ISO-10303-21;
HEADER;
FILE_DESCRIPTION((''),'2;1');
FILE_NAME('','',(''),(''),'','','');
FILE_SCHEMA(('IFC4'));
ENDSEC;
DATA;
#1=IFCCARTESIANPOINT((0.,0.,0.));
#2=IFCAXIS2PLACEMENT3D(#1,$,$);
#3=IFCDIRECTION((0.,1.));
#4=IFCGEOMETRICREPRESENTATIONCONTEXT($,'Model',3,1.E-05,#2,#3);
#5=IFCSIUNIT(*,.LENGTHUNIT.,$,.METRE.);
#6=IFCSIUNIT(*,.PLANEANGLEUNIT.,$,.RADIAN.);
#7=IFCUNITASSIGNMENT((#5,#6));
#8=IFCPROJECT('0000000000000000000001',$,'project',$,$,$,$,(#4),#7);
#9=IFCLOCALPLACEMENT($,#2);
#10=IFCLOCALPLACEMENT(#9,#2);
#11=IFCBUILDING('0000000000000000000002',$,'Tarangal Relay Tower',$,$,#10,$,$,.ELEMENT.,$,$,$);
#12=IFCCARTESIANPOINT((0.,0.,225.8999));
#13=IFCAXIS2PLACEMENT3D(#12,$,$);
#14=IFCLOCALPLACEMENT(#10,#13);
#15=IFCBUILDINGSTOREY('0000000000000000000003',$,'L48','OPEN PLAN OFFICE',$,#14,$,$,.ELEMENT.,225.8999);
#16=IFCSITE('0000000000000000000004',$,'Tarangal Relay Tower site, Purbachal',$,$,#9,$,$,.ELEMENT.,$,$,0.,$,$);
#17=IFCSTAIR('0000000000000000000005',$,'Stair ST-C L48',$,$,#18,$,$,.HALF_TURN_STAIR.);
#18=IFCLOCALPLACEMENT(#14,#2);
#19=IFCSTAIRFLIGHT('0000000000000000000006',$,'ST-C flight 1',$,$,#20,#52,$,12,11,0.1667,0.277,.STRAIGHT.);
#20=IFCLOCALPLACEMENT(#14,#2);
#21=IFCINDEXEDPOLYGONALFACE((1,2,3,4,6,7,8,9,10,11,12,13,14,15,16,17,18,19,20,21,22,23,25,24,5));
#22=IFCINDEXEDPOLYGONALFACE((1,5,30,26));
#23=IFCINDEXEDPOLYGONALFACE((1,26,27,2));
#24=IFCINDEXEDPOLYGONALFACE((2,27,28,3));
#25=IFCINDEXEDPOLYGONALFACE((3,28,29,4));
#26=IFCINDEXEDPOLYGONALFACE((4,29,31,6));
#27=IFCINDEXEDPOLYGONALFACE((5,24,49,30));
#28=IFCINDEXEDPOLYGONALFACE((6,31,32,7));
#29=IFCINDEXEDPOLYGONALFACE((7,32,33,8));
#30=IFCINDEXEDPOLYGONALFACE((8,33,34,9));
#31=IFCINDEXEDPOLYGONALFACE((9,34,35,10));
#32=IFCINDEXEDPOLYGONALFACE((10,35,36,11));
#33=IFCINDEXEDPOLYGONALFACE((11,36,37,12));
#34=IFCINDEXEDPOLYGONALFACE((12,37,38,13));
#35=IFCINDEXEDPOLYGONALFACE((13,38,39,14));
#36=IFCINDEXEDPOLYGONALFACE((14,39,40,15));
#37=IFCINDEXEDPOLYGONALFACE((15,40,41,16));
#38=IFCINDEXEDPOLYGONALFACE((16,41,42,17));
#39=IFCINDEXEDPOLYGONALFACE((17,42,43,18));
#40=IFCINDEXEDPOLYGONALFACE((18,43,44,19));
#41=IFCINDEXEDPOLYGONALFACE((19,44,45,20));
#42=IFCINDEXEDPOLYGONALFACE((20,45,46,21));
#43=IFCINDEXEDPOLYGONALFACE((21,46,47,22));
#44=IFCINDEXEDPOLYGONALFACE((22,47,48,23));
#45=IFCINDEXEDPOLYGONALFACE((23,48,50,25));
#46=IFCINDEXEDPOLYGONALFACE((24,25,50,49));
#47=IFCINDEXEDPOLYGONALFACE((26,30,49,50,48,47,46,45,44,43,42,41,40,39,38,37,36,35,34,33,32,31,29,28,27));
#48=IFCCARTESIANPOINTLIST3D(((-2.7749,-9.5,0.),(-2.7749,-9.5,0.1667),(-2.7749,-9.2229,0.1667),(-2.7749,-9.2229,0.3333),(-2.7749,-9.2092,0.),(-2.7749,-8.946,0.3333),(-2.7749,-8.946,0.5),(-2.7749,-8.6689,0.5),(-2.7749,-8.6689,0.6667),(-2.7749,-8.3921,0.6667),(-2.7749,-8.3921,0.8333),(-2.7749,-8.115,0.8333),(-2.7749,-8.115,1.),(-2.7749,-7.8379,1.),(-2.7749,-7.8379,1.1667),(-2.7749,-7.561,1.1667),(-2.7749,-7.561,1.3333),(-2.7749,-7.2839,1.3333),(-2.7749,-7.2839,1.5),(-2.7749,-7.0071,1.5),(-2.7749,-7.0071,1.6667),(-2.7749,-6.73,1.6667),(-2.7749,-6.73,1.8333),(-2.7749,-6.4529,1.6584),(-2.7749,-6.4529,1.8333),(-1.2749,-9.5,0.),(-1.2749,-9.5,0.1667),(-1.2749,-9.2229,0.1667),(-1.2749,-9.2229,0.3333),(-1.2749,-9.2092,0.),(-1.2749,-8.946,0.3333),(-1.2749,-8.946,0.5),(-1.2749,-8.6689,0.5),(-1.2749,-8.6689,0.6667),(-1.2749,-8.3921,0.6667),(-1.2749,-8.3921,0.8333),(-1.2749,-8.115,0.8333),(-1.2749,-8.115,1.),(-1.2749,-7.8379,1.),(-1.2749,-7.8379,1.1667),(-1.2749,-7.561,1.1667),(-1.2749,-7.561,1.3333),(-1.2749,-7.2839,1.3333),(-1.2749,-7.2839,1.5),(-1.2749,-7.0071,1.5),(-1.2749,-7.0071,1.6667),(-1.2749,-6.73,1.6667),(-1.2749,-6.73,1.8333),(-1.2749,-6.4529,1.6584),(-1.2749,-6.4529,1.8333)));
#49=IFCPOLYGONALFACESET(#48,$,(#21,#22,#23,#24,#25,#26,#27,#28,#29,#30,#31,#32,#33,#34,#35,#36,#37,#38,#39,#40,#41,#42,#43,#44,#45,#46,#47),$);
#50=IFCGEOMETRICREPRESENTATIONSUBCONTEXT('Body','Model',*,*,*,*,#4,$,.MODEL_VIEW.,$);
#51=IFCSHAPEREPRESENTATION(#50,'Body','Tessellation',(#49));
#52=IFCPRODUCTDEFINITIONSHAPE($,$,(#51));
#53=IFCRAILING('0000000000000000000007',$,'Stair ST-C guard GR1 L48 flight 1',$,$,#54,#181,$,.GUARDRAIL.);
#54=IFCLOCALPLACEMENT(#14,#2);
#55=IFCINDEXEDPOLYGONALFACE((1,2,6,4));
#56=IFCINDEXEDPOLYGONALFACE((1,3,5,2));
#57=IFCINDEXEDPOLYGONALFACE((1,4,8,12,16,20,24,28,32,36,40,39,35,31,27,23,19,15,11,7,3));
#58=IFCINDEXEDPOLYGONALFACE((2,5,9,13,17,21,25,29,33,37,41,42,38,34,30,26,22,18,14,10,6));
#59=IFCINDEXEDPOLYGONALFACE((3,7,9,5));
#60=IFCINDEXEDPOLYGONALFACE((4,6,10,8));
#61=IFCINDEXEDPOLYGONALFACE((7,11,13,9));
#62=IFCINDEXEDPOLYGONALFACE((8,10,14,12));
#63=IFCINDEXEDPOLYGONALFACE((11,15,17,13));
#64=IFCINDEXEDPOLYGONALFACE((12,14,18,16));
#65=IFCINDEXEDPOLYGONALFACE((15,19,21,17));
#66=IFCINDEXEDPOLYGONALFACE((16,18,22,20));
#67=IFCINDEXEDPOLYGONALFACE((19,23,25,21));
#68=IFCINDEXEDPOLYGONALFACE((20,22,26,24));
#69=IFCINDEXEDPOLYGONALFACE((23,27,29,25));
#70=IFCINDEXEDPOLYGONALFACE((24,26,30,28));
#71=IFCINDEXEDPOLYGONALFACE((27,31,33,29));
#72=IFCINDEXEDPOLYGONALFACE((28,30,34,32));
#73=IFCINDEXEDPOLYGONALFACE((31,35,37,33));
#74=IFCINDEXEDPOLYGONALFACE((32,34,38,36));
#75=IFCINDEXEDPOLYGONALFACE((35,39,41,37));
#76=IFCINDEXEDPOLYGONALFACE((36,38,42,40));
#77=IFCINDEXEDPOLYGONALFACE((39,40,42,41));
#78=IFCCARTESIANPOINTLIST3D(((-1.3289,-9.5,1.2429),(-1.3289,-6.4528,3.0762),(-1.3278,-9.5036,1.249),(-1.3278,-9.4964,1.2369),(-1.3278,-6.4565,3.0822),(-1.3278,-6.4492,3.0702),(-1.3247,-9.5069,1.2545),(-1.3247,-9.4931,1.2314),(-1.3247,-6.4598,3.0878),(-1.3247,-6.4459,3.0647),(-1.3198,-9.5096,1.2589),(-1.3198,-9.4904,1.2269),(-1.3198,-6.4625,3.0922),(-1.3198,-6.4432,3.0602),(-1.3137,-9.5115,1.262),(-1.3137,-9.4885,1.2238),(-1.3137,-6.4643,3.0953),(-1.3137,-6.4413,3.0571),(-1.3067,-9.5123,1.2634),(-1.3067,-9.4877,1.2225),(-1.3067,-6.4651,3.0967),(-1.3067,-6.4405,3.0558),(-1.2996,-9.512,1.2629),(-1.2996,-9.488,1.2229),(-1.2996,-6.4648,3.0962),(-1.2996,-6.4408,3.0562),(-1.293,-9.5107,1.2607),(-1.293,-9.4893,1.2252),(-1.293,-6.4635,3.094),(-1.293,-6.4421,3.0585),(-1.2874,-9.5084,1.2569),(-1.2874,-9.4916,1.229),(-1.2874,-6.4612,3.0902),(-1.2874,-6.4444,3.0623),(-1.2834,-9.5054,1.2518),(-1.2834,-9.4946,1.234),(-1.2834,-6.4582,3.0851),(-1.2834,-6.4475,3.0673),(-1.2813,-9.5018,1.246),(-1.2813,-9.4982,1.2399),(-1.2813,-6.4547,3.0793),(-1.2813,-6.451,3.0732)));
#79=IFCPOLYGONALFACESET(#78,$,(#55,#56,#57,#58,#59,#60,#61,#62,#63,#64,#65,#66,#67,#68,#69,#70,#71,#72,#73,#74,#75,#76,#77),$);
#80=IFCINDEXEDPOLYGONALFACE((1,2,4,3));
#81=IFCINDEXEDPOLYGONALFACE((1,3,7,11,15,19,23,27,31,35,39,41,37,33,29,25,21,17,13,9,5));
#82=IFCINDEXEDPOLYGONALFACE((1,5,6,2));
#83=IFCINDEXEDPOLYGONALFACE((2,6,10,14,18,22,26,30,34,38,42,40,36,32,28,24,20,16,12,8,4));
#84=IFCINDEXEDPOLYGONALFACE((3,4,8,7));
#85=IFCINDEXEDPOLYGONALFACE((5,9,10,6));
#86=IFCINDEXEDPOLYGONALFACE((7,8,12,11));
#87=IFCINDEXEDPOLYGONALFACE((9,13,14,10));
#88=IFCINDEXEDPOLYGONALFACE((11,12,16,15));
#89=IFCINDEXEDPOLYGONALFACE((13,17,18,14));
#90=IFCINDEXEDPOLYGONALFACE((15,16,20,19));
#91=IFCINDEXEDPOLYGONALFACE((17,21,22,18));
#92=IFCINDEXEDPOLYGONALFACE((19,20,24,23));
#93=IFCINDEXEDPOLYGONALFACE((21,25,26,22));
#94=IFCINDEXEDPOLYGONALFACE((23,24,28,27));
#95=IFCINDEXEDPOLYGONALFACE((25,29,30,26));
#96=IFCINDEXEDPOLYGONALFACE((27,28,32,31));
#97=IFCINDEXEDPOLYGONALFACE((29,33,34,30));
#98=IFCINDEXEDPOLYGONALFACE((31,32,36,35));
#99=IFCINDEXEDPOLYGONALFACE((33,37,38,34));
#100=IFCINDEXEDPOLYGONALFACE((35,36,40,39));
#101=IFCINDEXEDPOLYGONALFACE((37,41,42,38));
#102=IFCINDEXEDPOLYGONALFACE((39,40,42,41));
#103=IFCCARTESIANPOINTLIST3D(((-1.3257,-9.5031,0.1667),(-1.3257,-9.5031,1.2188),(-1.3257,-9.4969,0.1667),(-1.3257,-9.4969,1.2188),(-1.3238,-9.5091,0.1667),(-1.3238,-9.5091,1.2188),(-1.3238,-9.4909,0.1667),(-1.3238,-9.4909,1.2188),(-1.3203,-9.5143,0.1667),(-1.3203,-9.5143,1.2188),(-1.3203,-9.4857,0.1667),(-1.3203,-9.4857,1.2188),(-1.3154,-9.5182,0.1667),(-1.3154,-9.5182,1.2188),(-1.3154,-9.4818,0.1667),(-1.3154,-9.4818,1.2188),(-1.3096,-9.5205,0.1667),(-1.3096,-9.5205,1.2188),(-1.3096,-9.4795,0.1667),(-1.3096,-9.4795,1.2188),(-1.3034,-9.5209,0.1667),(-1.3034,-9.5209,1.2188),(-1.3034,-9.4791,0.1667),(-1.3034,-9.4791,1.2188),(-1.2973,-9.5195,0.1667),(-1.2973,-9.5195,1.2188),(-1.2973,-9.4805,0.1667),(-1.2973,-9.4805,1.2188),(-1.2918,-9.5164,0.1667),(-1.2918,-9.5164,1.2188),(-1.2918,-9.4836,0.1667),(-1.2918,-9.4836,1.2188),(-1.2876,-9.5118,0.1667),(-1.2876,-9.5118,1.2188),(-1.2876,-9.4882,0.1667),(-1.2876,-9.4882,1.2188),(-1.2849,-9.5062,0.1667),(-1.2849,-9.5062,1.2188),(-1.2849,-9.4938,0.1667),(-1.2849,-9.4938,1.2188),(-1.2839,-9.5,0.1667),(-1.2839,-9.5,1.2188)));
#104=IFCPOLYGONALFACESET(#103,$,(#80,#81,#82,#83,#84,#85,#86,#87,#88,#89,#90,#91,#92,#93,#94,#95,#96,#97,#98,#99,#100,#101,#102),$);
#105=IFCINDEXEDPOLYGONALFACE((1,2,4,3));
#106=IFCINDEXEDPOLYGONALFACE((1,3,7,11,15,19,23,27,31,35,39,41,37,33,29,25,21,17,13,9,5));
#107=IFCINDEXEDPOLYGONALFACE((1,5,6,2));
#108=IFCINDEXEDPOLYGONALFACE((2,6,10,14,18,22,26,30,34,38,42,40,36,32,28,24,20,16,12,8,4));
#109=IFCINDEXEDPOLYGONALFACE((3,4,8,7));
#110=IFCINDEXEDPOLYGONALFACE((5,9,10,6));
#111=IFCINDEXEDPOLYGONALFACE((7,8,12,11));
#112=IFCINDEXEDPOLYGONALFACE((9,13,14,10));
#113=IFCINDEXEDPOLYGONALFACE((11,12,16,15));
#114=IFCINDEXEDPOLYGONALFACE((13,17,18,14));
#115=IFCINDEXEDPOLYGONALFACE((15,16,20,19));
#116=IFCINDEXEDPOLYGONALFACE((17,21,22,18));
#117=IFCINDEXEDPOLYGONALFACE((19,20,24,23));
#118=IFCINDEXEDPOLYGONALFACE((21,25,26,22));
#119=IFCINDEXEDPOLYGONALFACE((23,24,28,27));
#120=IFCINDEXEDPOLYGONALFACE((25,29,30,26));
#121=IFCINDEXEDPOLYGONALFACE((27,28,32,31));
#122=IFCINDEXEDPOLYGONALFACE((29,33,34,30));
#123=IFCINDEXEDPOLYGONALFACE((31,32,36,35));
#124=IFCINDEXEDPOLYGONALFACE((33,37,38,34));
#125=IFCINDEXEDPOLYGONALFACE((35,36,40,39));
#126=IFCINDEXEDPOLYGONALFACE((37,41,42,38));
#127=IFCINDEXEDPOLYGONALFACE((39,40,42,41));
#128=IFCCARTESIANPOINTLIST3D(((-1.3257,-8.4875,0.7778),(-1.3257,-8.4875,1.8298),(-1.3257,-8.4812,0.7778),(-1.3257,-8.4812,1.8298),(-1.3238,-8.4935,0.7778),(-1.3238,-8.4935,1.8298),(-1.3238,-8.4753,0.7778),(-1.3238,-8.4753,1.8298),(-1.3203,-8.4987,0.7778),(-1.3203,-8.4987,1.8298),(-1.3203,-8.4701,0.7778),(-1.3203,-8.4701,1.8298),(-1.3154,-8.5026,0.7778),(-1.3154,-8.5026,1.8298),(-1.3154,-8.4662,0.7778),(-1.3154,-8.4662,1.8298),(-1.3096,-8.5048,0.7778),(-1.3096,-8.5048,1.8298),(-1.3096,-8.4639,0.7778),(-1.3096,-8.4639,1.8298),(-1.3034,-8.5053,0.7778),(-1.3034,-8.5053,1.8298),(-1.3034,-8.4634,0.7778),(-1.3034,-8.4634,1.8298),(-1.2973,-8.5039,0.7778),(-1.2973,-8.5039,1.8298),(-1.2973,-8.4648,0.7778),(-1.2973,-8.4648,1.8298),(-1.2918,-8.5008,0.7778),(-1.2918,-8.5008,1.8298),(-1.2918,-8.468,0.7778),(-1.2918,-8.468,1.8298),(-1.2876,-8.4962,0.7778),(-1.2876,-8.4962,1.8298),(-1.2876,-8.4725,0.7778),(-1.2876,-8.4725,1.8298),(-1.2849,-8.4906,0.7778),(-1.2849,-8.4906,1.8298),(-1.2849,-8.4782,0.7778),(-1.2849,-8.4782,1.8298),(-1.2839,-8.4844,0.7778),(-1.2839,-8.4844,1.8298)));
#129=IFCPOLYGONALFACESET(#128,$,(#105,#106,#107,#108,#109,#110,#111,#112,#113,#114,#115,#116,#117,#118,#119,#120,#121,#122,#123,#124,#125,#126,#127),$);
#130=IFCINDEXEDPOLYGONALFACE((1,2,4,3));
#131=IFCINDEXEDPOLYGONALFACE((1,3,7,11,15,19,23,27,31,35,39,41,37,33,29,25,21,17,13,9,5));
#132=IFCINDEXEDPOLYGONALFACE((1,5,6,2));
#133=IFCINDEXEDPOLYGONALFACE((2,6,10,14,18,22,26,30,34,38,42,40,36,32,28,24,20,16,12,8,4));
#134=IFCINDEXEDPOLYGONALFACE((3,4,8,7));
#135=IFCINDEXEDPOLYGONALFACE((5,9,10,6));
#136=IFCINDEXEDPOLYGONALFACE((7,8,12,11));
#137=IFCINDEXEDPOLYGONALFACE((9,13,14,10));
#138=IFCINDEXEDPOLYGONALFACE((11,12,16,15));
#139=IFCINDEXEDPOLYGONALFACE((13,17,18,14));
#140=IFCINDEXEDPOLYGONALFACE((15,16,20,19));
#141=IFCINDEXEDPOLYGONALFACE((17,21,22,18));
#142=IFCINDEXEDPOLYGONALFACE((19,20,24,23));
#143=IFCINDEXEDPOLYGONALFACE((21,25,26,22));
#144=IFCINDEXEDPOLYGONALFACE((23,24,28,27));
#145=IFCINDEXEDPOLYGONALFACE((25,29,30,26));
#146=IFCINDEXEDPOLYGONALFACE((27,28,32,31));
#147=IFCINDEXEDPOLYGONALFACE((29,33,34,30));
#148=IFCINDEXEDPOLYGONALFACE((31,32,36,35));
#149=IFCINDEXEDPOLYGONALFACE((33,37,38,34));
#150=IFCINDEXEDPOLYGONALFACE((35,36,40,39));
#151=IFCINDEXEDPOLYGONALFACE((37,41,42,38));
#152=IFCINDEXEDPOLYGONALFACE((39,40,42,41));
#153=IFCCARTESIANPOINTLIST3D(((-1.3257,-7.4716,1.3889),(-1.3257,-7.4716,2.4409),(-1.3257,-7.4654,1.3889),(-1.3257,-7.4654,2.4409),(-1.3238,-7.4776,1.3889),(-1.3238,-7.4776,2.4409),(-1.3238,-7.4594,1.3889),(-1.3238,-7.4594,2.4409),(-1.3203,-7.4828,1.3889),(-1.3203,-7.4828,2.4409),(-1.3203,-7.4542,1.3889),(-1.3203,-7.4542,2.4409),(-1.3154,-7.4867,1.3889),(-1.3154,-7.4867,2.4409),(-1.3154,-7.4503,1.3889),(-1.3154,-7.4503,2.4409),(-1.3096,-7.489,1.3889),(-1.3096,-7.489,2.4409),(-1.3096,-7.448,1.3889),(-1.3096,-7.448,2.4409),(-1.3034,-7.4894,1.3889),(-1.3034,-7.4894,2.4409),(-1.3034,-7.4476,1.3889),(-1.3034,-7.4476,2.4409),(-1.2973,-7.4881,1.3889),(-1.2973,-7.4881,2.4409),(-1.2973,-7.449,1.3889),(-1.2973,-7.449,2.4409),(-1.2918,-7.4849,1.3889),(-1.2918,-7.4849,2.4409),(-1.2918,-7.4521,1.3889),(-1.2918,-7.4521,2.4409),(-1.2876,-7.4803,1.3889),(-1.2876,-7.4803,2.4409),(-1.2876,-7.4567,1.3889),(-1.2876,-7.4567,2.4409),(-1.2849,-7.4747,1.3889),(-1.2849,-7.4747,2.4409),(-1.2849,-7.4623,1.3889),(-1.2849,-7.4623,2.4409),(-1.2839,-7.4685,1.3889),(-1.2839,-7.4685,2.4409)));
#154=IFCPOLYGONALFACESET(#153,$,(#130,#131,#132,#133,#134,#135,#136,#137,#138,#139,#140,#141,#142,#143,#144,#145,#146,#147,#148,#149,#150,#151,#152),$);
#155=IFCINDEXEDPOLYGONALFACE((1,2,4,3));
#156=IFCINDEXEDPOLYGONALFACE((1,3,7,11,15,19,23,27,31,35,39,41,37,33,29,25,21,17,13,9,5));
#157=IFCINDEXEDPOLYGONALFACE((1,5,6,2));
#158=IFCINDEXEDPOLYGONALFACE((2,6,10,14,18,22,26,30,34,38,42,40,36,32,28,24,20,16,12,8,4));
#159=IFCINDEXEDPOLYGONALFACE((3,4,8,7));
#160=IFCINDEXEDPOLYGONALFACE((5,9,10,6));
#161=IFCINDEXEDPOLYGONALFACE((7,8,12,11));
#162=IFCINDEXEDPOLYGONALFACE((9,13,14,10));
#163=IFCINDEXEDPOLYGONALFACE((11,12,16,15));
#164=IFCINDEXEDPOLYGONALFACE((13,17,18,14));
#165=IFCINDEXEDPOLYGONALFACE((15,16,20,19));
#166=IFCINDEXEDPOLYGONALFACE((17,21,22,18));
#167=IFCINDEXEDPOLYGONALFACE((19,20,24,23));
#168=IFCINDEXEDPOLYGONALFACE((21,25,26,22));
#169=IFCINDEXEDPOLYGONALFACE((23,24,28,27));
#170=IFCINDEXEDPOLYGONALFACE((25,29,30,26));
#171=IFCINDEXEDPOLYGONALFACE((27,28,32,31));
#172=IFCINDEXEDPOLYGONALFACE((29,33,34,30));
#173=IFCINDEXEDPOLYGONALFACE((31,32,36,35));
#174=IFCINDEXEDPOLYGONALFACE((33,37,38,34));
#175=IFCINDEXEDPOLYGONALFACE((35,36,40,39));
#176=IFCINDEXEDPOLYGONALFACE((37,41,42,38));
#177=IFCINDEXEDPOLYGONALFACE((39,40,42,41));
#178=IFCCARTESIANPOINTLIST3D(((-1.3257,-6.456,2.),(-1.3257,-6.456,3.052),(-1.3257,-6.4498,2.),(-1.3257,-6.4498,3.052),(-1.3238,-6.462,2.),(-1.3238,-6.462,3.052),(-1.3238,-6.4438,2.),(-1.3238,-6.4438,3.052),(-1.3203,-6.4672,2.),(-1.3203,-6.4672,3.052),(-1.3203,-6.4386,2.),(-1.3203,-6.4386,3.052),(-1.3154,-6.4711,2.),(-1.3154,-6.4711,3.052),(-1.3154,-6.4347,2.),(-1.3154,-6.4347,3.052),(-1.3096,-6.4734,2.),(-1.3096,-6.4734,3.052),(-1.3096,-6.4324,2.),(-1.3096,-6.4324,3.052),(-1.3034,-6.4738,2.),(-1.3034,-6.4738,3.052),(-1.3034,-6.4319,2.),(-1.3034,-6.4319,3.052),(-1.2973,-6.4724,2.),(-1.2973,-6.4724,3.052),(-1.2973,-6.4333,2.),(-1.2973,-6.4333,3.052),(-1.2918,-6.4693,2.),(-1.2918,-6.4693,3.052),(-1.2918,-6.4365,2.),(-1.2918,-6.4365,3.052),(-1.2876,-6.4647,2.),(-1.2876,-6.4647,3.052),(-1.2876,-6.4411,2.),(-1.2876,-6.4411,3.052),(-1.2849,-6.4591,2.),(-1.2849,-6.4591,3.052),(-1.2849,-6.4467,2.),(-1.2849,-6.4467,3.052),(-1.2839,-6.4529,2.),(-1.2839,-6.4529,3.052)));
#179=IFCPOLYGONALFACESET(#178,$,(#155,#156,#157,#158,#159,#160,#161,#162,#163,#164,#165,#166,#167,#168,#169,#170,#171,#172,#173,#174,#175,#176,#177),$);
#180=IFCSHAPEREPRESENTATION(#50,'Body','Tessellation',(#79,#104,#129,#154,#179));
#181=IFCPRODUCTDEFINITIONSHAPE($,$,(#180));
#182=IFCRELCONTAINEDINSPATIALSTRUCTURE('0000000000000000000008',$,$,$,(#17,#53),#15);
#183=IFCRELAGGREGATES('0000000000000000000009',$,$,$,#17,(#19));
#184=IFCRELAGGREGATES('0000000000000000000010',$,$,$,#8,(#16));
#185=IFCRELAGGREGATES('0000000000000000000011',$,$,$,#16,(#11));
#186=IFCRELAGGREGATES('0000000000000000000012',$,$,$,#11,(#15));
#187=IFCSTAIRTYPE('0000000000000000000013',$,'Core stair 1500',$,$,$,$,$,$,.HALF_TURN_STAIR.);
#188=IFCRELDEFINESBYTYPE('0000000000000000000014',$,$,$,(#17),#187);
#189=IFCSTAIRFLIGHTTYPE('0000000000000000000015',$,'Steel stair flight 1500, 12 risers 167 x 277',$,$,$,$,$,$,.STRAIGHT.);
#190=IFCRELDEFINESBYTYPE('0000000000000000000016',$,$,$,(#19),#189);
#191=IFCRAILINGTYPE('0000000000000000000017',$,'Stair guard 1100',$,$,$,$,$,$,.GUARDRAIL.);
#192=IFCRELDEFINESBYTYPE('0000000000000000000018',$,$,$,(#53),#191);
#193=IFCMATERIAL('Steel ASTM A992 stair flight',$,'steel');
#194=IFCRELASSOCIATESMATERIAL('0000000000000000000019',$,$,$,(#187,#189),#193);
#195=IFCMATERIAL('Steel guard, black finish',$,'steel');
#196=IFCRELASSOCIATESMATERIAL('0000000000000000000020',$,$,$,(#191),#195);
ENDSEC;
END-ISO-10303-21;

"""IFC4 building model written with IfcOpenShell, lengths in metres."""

from ifc_helpers import new_model, si_unit, direction, frame, origin, origin_2d, place, context, subcontext, project, spatial, polyline, circle, outline, extrude, material, type_object, element, aggregate, save


model = new_model("IFC4")

# Units and contexts
model_context = context("Model", 3, precision=1e-05, world=origin(), true_north=direction((0.0, 1.0)))
body_context = subcontext(model_context, "Body", "Model", "MODEL_VIEW")
ifc_project = project(units=[si_unit("LENGTHUNIT", "METRE"), si_unit("PLANEANGLEUNIT", "RADIAN")], contexts=[model_context])

# Site, building, storey
site_placement = place(None, origin())
site = spatial("IfcSite", under=ifc_project, at=site_placement, Name="Tarangal Relay Tower site, Purbachal", CompositionType="ELEMENT", RefElevation=0.0)
building_placement = place(site_placement, origin())
building = spatial("IfcBuilding", under=site, at=building_placement, Name="Tarangal Relay Tower", CompositionType="ELEMENT")
storey_placement = place(building_placement, frame((0.0, 0.0, 225.8999)))
storey = spatial("IfcBuildingStorey", under=building, at=storey_placement, Name="L48", Description="OPEN PLAN OFFICE", CompositionType="ELEMENT", Elevation=225.8999)

# Stair, stair flight
ifc_material_1 = material(Name="Steel ASTM A992 stair flight", Category="steel")
stair_type = type_object("IfcStairType", Name="Core stair 1500", PredefinedType="HALF_TURN_STAIR", material=ifc_material_1)
stair_placement = place(storey_placement, origin())
stair = element("IfcStair", 1, at=stair_placement, inside=storey, type_object=stair_type, Name="Stair ST-C L48", PredefinedType="HALF_TURN_STAIR")
stair_flight_type = type_object("IfcStairFlightType", Name="Steel stair flight 1500, 12 risers 167 x 277", PredefinedType="STRAIGHT", material=ifc_material_1)
stair_flight_placement = place(storey_placement, frame((-2.0249, -9.5, 0.0), z_axis=(0.0, 0.0, 1.0), x_axis=(0.0, 1.0, 0.0)))
stair_flight = element("IfcStairFlight", 2, at=stair_flight_placement, type_object=stair_flight_type, Name="ST-C flight 1", NumberOfRisers=12, NumberOfTreads=11, PredefinedType="STRAIGHT", RiserHeight=0.1667, TreadLength=0.277, context=body_context, shape_type="SweptSolid", body=[
    extrude(outline(polyline([(0.0, 0.0), (0.0, 0.1667), (0.2771, 0.1667), (0.2771, 0.3333), (0.554, 0.3333), (0.554, 0.5), (0.8311, 0.5), (0.8311, 0.6667), (1.1079, 0.6667), (1.1079, 0.8333), (1.385, 0.8333), (1.385, 1.0), (1.6621, 1.0), (1.6621, 1.1667), (1.939, 1.1667), (1.939, 1.3333), (2.2161, 1.3333), (2.2161, 1.5), (2.4929, 1.5), (2.4929, 1.6667), (2.77, 1.6667), (2.77, 1.8333), (3.0471, 1.8333), (3.0471, 2.0), (3.0471, 1.6584), (0.2908, 0.0), (0.0, 0.0)])), frame((0.0, 0.75, 0.0), z_axis=(0.0, -1.0, 0.0), x_axis=(1.0, 0.0, 0.0)), (0.0, 0.0, 1.0), 1.5),
])
aggregate(stair, [stair_flight])

# Railing
ifc_material_2 = material(Name="Steel guard, black finish", Category="steel")
railing_type_1 = type_object("IfcRailingType", Name="Stair guard 1100", PredefinedType="GUARDRAIL", material=ifc_material_2)
railing_1_placement = place(storey_placement, frame((-1.3049, -9.5, 0.1667)))
element("IfcRailing", 3, at=railing_1_placement, inside=storey, type_object=railing_type_1, Name="Stair ST-C guard GR1 L48 flight 1", PredefinedType="GUARDRAIL", context=body_context, shape_type="SweptSolid", body=[
    extrude(circle(Radius=0.0239, at=origin_2d()), frame((0.0, 0.0, 1.0762), z_axis=(0.0, 0.856874, 0.515525), x_axis=(-1.0, 0.0, 0.0)), (0.0, 0.0, 1.0), 3.5562),
    extrude(circle(Radius=0.021, at=origin_2d()), origin(), (0.0, 0.0, 1.0), 1.052),
    extrude(circle(Radius=0.021, at=origin_2d()), frame((0.0, 1.0156, 0.6111)), (0.0, 0.0, 1.0), 1.052),
    extrude(circle(Radius=0.021, at=origin_2d()), frame((0.0, 2.0315, 1.2222)), (0.0, 0.0, 1.0), 1.052),
    extrude(circle(Radius=0.021, at=origin_2d()), frame((0.0, 3.0471, 1.8333)), (0.0, 0.0, 1.0), 1.052),
])

save(model, "model.ifc")
